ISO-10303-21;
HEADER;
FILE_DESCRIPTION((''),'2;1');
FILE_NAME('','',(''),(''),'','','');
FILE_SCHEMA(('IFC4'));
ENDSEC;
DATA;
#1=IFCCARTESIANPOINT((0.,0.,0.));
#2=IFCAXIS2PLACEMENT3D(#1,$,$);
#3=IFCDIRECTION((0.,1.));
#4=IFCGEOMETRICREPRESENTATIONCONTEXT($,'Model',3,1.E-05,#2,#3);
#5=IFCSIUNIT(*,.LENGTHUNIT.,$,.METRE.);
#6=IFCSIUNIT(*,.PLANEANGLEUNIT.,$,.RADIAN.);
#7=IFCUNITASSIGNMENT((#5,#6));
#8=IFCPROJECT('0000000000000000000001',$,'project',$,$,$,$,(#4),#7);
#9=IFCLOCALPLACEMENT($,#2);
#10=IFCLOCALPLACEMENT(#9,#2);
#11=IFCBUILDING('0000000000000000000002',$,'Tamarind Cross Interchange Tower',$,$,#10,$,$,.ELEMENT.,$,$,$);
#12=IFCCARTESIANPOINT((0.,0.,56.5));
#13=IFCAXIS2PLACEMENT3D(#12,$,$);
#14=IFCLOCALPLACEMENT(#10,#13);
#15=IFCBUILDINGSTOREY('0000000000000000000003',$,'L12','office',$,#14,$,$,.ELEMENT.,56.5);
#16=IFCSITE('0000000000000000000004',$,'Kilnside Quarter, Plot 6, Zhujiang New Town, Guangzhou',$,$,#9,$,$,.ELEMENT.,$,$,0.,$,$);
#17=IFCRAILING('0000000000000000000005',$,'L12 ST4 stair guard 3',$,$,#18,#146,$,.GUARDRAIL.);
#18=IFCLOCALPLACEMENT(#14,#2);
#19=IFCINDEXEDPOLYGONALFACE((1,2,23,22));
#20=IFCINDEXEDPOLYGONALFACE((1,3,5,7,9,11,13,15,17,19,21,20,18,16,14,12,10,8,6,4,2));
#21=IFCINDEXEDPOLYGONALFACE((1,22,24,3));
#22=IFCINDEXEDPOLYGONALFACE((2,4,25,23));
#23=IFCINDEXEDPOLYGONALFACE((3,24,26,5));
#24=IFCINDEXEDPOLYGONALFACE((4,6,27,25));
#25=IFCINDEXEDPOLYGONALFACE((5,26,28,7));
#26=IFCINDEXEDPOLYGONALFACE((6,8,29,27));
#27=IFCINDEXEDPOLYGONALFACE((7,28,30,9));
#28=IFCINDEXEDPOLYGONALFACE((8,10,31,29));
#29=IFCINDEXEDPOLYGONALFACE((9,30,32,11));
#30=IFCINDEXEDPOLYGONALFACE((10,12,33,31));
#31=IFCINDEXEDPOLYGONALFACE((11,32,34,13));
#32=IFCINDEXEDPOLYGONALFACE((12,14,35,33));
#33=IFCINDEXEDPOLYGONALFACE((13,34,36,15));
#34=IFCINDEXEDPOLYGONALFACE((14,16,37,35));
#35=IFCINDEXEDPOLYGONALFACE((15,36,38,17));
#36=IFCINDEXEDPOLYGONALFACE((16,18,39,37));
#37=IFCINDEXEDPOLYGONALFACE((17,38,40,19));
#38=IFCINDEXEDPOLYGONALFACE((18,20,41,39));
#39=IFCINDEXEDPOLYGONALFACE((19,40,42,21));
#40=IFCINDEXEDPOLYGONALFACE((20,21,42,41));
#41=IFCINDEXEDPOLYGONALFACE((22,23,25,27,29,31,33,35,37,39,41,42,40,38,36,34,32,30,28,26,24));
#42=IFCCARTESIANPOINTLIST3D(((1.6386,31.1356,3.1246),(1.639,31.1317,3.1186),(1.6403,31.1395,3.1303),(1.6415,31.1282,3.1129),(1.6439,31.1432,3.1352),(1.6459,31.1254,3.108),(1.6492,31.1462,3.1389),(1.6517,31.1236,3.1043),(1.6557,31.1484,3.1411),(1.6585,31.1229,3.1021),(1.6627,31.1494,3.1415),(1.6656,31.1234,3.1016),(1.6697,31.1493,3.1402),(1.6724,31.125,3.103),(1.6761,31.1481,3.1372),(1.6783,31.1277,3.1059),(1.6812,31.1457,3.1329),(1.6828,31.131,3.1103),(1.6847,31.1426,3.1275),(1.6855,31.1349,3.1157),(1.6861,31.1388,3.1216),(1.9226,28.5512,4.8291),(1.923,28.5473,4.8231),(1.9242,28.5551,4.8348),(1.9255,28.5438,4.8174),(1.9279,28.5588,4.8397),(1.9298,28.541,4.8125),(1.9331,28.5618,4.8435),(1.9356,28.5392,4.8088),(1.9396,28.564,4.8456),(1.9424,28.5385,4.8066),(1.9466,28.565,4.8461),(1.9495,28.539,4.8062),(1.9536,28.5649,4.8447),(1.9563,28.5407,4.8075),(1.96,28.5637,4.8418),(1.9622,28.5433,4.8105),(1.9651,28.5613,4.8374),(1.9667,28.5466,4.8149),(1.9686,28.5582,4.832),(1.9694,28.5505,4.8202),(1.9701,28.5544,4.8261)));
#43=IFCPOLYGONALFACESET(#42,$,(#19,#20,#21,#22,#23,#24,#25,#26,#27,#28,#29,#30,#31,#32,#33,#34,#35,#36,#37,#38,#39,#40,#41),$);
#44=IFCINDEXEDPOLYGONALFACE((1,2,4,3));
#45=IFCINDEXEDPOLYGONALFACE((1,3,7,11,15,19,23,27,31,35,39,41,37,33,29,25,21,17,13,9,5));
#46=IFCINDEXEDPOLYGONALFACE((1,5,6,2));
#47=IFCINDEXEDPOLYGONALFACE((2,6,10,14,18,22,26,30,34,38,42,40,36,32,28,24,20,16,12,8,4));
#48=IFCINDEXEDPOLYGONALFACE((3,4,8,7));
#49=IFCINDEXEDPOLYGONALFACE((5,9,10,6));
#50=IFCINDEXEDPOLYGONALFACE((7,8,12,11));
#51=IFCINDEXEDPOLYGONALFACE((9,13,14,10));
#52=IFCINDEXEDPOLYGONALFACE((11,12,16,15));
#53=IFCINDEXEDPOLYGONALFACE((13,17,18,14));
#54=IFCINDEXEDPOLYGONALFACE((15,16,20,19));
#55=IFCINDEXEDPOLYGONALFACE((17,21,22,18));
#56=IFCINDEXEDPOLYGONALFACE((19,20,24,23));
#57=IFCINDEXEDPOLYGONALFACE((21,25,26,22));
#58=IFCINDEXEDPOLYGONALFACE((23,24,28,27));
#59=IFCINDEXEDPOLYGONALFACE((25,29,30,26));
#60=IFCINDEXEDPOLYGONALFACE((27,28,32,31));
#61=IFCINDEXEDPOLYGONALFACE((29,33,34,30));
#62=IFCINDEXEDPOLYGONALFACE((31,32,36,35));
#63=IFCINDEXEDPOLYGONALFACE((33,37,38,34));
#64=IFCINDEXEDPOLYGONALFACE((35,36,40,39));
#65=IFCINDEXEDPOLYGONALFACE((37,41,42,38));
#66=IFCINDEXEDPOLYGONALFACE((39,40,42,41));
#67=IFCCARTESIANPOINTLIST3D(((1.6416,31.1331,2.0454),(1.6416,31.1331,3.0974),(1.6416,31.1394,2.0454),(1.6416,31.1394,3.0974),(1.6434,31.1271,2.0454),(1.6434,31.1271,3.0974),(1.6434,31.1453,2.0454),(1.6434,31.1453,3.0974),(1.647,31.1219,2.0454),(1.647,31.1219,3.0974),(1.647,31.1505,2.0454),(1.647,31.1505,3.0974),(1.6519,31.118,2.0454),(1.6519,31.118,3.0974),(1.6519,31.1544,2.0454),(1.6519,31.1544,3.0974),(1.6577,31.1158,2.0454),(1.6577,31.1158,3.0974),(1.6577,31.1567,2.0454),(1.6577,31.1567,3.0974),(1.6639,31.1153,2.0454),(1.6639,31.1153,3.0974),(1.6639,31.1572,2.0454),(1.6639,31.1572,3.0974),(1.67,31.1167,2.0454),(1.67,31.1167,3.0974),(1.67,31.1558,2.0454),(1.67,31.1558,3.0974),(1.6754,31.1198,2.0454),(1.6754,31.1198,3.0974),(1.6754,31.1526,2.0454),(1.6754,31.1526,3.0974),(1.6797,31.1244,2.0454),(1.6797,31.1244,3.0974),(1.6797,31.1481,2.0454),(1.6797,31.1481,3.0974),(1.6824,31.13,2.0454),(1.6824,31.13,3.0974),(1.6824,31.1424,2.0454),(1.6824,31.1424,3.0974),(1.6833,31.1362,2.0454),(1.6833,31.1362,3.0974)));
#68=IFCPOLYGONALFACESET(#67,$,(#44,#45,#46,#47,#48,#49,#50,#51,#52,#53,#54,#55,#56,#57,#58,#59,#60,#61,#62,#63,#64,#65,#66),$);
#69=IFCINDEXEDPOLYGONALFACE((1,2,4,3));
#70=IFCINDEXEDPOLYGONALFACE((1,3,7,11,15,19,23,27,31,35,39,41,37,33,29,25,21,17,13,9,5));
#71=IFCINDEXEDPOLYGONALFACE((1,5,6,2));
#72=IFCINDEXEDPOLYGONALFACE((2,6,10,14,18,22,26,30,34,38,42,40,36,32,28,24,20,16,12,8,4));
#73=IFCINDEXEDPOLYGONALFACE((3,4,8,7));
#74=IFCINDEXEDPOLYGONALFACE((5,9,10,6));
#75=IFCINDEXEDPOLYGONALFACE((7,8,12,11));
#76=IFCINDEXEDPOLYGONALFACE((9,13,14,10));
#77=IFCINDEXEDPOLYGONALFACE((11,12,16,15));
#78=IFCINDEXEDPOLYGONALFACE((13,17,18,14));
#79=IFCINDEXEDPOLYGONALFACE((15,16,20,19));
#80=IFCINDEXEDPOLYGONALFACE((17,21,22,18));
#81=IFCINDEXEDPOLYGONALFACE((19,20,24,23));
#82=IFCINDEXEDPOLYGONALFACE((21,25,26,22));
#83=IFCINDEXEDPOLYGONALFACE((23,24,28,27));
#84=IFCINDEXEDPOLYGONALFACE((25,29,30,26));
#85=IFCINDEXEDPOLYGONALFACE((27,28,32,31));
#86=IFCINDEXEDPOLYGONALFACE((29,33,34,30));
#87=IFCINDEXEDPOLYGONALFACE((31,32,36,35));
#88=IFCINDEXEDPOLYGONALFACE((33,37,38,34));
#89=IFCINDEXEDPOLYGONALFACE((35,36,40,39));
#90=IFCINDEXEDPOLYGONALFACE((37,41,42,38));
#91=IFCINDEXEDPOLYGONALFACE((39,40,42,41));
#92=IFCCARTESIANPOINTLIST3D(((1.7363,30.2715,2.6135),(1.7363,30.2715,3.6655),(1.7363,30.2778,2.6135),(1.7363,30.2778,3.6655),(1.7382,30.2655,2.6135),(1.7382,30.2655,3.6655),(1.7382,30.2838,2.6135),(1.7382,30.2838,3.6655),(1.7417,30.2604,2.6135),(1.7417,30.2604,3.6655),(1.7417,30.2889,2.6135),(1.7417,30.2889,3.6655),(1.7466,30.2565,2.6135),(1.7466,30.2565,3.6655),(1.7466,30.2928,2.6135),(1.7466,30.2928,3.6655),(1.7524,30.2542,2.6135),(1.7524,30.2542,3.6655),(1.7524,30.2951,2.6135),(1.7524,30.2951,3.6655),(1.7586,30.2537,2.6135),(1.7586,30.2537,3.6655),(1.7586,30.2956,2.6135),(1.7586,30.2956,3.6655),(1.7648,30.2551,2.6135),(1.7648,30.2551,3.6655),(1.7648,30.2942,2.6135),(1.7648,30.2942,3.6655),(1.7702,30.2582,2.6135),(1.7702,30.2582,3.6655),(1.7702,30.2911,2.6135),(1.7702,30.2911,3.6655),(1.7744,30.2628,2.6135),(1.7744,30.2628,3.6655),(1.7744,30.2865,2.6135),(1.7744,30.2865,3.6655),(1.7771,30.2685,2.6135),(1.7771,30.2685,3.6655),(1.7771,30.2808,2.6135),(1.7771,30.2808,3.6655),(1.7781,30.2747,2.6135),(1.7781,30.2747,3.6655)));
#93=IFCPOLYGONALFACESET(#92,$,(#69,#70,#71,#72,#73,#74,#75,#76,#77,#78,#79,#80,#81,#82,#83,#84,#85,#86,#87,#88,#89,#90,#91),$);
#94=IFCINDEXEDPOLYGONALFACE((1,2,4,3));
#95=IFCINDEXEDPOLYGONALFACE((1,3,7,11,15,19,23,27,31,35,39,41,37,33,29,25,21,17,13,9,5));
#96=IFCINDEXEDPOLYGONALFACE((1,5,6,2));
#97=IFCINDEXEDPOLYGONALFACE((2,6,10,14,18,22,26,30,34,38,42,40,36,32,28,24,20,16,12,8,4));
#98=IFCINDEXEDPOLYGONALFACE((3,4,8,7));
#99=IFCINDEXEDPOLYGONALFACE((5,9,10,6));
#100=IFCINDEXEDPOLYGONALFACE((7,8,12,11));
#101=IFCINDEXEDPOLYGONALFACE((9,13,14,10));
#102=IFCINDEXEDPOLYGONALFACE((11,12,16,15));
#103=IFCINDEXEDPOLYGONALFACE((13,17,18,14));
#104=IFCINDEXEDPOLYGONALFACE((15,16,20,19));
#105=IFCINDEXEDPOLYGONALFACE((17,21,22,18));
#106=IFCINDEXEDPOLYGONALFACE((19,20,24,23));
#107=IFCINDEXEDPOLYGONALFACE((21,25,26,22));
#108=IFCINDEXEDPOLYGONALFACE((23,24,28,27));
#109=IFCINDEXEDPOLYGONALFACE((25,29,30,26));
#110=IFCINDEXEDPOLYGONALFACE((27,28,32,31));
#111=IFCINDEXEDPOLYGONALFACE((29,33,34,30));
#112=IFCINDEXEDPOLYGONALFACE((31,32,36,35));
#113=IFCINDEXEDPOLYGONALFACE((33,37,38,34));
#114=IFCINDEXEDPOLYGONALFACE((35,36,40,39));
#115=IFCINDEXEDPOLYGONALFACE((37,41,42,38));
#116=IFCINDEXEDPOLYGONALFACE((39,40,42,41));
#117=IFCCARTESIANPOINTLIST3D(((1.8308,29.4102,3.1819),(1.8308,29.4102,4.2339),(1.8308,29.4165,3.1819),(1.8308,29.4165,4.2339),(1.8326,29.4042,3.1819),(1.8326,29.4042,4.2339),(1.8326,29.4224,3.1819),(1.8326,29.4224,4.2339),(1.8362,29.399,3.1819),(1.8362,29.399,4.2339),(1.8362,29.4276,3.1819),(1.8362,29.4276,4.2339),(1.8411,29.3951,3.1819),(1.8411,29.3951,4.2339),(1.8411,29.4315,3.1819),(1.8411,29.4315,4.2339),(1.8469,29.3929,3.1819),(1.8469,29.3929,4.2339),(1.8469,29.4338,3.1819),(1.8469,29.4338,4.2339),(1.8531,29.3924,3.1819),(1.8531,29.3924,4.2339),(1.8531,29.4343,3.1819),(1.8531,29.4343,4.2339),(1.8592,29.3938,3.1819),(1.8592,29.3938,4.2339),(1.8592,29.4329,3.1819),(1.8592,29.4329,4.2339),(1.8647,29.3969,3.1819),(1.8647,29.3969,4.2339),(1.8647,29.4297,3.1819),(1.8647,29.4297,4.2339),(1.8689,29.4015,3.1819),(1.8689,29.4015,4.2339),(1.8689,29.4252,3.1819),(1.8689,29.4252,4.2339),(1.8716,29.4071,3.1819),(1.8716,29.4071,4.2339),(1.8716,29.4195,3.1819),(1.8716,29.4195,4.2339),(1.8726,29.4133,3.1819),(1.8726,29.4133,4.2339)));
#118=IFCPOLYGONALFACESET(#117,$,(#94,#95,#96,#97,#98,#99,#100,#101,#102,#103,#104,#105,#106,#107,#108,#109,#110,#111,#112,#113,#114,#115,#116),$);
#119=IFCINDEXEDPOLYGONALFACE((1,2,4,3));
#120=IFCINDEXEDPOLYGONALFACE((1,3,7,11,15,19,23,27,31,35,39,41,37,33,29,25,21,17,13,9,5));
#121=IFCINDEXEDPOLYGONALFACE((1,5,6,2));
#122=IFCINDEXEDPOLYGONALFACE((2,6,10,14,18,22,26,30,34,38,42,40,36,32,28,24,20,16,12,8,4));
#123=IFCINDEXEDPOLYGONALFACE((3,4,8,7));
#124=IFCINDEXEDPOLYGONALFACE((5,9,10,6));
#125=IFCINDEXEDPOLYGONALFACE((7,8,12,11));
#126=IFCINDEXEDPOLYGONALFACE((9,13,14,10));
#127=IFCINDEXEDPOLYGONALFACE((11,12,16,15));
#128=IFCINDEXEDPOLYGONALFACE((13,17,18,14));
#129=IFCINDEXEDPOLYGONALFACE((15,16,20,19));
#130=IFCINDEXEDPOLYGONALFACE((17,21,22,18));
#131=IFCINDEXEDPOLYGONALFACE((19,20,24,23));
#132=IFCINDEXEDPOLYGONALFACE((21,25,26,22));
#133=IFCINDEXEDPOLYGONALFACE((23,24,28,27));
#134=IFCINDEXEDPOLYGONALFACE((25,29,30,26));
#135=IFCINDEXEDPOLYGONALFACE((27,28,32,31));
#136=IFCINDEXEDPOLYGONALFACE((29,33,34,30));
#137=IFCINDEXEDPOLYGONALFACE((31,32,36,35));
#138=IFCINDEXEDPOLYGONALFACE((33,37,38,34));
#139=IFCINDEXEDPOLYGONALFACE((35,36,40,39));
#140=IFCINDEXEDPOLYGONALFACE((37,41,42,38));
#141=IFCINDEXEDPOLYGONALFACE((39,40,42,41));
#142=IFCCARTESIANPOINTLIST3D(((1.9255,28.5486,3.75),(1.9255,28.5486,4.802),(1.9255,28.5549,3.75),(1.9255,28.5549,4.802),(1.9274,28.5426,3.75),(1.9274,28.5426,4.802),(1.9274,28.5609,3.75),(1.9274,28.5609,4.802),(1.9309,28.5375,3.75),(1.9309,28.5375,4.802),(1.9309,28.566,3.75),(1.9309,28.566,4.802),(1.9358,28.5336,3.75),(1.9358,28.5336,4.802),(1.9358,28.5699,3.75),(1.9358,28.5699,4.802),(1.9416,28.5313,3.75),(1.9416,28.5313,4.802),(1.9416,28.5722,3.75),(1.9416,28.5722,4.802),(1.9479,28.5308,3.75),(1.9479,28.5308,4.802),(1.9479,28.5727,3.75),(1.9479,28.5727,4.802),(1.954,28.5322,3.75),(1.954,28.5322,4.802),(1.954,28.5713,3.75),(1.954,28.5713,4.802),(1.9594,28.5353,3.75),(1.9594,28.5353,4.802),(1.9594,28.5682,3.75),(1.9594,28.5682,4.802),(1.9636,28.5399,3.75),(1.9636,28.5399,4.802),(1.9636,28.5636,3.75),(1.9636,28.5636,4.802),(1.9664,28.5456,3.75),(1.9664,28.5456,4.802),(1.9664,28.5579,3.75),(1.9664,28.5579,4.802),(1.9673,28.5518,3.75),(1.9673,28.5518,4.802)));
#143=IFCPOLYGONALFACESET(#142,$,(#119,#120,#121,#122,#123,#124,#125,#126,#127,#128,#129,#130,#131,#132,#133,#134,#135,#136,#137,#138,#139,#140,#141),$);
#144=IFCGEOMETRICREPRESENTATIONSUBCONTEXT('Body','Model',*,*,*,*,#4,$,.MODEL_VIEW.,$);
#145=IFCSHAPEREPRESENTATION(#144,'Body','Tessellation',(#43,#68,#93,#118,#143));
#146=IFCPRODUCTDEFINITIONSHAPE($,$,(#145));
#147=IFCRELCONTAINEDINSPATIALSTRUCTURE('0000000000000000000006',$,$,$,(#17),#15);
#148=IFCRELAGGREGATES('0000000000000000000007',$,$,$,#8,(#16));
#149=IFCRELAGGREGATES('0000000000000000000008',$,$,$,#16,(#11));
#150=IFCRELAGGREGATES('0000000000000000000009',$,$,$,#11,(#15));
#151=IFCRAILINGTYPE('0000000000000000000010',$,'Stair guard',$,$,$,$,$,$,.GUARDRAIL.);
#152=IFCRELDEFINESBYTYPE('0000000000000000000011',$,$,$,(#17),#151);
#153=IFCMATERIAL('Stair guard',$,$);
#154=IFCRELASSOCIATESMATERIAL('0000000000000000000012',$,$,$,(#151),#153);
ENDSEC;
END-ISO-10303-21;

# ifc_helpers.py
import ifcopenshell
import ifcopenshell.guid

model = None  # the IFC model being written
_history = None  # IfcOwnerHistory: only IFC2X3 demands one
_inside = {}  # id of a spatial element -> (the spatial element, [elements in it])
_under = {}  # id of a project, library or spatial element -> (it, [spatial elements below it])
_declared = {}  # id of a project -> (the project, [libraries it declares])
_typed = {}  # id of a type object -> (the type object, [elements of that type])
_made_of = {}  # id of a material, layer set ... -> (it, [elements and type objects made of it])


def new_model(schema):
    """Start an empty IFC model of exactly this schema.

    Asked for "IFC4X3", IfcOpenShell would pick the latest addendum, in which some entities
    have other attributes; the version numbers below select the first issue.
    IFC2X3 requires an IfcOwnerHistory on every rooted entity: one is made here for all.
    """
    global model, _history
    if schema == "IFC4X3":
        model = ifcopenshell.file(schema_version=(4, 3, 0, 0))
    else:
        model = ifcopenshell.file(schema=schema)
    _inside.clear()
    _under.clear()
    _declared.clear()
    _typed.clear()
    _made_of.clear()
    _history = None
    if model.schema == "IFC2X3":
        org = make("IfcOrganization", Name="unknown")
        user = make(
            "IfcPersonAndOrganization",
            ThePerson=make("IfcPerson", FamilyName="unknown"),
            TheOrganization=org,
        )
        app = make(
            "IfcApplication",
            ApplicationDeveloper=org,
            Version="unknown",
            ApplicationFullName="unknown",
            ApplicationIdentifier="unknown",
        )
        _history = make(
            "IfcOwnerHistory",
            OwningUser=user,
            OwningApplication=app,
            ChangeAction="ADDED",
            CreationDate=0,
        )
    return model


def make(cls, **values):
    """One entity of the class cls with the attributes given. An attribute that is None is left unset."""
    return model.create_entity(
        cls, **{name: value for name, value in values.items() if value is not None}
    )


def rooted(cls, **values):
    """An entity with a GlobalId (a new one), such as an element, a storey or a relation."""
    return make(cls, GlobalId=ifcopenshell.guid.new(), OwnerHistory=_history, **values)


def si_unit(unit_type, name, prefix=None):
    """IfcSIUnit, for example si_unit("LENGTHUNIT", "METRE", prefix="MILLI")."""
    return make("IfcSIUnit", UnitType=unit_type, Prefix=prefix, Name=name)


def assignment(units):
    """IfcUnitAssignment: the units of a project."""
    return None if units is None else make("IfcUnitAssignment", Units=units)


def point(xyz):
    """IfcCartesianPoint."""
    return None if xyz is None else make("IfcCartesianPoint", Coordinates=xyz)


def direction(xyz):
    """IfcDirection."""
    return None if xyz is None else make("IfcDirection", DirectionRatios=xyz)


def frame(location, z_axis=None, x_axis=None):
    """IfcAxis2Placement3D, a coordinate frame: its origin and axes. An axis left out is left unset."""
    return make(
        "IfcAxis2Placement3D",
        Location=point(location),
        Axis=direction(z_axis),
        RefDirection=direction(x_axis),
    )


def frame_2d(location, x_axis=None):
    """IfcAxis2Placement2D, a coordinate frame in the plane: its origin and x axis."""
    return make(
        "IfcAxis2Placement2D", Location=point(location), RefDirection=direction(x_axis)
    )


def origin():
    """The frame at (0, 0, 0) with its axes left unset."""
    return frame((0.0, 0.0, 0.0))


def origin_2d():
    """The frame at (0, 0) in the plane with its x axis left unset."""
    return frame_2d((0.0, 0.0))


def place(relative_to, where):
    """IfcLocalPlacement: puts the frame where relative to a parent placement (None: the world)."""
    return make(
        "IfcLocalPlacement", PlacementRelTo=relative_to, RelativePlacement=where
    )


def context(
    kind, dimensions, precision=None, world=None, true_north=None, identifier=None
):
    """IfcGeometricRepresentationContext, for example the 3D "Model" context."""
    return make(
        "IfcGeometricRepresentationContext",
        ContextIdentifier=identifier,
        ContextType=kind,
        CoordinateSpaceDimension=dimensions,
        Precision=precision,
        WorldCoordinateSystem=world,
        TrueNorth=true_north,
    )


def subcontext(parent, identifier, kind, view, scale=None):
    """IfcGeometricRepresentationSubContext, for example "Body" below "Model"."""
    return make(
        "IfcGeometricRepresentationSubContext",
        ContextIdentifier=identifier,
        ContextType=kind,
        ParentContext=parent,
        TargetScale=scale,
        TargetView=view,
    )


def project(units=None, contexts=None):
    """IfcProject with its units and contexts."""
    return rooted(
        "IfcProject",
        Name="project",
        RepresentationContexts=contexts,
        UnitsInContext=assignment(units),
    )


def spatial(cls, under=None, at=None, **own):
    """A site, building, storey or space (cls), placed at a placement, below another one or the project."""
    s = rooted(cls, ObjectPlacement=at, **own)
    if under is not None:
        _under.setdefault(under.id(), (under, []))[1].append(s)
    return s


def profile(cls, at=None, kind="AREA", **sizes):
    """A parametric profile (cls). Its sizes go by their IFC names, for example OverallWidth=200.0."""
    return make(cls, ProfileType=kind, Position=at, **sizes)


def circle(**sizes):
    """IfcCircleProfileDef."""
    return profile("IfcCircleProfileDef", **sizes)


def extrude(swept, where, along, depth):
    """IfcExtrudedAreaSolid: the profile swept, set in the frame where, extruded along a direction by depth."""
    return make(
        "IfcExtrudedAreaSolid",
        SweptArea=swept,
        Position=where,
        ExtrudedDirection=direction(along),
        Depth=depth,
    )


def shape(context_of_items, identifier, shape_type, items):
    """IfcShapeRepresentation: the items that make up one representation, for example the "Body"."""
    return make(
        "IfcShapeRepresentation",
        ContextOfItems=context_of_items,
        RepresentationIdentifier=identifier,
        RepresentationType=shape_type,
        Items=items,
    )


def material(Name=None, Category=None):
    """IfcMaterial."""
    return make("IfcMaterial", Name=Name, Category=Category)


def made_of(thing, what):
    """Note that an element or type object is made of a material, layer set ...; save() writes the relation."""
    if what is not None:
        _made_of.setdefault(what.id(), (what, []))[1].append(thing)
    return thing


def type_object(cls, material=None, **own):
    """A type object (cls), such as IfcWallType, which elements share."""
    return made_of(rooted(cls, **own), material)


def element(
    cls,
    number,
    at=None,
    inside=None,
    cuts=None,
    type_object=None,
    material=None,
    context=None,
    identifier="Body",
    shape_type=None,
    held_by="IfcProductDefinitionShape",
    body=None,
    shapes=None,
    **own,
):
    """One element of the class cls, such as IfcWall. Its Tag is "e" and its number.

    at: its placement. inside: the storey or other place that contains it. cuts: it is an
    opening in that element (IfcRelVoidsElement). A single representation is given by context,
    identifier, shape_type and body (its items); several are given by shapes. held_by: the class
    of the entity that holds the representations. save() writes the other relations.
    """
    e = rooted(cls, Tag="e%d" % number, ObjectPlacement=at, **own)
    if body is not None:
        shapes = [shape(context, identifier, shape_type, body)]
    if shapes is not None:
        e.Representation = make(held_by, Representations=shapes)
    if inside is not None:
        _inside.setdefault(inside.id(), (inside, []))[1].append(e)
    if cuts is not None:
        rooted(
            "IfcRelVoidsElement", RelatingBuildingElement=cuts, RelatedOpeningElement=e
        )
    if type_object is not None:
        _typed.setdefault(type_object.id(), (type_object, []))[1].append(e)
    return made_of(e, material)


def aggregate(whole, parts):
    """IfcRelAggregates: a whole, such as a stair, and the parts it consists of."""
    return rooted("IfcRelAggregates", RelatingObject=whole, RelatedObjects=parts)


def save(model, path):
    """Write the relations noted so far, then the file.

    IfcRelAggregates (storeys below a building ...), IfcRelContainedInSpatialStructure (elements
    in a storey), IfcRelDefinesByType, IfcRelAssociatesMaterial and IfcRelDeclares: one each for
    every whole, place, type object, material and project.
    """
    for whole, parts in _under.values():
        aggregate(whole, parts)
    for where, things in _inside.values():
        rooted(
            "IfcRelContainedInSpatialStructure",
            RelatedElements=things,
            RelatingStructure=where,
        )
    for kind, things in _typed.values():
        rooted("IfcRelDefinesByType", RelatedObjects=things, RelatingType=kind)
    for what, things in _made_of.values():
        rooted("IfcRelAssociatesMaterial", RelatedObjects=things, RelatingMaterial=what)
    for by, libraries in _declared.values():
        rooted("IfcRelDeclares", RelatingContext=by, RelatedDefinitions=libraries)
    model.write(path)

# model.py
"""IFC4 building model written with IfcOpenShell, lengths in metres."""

from ifc_helpers import new_model, si_unit, direction, frame, origin, origin_2d, place, context, subcontext, project, spatial, circle, extrude, material, type_object, element, save


model = new_model("IFC4")

# Units and contexts
model_context = context("Model", 3, precision=1e-05, world=origin(), true_north=direction((0.0, 1.0)))
body_context = subcontext(model_context, "Body", "Model", "MODEL_VIEW")
ifc_project = project(units=[si_unit("LENGTHUNIT", "METRE"), si_unit("PLANEANGLEUNIT", "RADIAN")], contexts=[model_context])

# Site, building, storey
site_placement = place(None, origin())
site = spatial("IfcSite", under=ifc_project, at=site_placement, Name="Kilnside Quarter, Plot 6, Zhujiang New Town, Guangzhou", CompositionType="ELEMENT", RefElevation=0.0)
building_placement = place(site_placement, origin())
building = spatial("IfcBuilding", under=site, at=building_placement, Name="Tamarind Cross Interchange Tower", CompositionType="ELEMENT")
storey_placement = place(building_placement, frame((0.0, 0.0, 56.5)))
storey = spatial("IfcBuildingStorey", under=building, at=storey_placement, Name="L12", Description="office", CompositionType="ELEMENT", Elevation=56.5)

# Railing
ifc_material_1 = material(Name="Stair guard")
railing_type_1 = type_object("IfcRailingType", Name="Stair guard", PredefinedType="GUARDRAIL", material=ifc_material_1)
railing_1_placement = place(storey_placement, frame((1.6624, 31.1362, 2.0454)))
element("IfcRailing", 1, at=railing_1_placement, inside=storey, type_object=railing_type_1, Name="L12 ST4 stair guard 3", PredefinedType="GUARDRAIL", context=body_context, shape_type="SweptSolid", body=[
    extrude(circle(Radius=0.0239, at=origin_2d()), frame((0.0, 0.0, 1.0762), z_axis=(0.091328, -0.831293, 0.54828), x_axis=(0.994019, 0.109205, 0.0)), (0.0, 0.0, 1.0), 3.1089),
    extrude(circle(Radius=0.021, at=origin_2d()), origin(), (0.0, 0.0, 1.0), 1.052),
    extrude(circle(Radius=0.021, at=origin_2d()), frame((0.0947, -0.8616, 0.5681)), (0.0, 0.0, 1.0), 1.052),
    extrude(circle(Radius=0.021, at=origin_2d()), frame((0.1892, -1.7229, 1.1365)), (0.0, 0.0, 1.0), 1.052),
    extrude(circle(Radius=0.021, at=origin_2d()), frame((0.2839, -2.5845, 1.7046)), (0.0, 0.0, 1.0), 1.052),
])

save(model, "model.ifc")
